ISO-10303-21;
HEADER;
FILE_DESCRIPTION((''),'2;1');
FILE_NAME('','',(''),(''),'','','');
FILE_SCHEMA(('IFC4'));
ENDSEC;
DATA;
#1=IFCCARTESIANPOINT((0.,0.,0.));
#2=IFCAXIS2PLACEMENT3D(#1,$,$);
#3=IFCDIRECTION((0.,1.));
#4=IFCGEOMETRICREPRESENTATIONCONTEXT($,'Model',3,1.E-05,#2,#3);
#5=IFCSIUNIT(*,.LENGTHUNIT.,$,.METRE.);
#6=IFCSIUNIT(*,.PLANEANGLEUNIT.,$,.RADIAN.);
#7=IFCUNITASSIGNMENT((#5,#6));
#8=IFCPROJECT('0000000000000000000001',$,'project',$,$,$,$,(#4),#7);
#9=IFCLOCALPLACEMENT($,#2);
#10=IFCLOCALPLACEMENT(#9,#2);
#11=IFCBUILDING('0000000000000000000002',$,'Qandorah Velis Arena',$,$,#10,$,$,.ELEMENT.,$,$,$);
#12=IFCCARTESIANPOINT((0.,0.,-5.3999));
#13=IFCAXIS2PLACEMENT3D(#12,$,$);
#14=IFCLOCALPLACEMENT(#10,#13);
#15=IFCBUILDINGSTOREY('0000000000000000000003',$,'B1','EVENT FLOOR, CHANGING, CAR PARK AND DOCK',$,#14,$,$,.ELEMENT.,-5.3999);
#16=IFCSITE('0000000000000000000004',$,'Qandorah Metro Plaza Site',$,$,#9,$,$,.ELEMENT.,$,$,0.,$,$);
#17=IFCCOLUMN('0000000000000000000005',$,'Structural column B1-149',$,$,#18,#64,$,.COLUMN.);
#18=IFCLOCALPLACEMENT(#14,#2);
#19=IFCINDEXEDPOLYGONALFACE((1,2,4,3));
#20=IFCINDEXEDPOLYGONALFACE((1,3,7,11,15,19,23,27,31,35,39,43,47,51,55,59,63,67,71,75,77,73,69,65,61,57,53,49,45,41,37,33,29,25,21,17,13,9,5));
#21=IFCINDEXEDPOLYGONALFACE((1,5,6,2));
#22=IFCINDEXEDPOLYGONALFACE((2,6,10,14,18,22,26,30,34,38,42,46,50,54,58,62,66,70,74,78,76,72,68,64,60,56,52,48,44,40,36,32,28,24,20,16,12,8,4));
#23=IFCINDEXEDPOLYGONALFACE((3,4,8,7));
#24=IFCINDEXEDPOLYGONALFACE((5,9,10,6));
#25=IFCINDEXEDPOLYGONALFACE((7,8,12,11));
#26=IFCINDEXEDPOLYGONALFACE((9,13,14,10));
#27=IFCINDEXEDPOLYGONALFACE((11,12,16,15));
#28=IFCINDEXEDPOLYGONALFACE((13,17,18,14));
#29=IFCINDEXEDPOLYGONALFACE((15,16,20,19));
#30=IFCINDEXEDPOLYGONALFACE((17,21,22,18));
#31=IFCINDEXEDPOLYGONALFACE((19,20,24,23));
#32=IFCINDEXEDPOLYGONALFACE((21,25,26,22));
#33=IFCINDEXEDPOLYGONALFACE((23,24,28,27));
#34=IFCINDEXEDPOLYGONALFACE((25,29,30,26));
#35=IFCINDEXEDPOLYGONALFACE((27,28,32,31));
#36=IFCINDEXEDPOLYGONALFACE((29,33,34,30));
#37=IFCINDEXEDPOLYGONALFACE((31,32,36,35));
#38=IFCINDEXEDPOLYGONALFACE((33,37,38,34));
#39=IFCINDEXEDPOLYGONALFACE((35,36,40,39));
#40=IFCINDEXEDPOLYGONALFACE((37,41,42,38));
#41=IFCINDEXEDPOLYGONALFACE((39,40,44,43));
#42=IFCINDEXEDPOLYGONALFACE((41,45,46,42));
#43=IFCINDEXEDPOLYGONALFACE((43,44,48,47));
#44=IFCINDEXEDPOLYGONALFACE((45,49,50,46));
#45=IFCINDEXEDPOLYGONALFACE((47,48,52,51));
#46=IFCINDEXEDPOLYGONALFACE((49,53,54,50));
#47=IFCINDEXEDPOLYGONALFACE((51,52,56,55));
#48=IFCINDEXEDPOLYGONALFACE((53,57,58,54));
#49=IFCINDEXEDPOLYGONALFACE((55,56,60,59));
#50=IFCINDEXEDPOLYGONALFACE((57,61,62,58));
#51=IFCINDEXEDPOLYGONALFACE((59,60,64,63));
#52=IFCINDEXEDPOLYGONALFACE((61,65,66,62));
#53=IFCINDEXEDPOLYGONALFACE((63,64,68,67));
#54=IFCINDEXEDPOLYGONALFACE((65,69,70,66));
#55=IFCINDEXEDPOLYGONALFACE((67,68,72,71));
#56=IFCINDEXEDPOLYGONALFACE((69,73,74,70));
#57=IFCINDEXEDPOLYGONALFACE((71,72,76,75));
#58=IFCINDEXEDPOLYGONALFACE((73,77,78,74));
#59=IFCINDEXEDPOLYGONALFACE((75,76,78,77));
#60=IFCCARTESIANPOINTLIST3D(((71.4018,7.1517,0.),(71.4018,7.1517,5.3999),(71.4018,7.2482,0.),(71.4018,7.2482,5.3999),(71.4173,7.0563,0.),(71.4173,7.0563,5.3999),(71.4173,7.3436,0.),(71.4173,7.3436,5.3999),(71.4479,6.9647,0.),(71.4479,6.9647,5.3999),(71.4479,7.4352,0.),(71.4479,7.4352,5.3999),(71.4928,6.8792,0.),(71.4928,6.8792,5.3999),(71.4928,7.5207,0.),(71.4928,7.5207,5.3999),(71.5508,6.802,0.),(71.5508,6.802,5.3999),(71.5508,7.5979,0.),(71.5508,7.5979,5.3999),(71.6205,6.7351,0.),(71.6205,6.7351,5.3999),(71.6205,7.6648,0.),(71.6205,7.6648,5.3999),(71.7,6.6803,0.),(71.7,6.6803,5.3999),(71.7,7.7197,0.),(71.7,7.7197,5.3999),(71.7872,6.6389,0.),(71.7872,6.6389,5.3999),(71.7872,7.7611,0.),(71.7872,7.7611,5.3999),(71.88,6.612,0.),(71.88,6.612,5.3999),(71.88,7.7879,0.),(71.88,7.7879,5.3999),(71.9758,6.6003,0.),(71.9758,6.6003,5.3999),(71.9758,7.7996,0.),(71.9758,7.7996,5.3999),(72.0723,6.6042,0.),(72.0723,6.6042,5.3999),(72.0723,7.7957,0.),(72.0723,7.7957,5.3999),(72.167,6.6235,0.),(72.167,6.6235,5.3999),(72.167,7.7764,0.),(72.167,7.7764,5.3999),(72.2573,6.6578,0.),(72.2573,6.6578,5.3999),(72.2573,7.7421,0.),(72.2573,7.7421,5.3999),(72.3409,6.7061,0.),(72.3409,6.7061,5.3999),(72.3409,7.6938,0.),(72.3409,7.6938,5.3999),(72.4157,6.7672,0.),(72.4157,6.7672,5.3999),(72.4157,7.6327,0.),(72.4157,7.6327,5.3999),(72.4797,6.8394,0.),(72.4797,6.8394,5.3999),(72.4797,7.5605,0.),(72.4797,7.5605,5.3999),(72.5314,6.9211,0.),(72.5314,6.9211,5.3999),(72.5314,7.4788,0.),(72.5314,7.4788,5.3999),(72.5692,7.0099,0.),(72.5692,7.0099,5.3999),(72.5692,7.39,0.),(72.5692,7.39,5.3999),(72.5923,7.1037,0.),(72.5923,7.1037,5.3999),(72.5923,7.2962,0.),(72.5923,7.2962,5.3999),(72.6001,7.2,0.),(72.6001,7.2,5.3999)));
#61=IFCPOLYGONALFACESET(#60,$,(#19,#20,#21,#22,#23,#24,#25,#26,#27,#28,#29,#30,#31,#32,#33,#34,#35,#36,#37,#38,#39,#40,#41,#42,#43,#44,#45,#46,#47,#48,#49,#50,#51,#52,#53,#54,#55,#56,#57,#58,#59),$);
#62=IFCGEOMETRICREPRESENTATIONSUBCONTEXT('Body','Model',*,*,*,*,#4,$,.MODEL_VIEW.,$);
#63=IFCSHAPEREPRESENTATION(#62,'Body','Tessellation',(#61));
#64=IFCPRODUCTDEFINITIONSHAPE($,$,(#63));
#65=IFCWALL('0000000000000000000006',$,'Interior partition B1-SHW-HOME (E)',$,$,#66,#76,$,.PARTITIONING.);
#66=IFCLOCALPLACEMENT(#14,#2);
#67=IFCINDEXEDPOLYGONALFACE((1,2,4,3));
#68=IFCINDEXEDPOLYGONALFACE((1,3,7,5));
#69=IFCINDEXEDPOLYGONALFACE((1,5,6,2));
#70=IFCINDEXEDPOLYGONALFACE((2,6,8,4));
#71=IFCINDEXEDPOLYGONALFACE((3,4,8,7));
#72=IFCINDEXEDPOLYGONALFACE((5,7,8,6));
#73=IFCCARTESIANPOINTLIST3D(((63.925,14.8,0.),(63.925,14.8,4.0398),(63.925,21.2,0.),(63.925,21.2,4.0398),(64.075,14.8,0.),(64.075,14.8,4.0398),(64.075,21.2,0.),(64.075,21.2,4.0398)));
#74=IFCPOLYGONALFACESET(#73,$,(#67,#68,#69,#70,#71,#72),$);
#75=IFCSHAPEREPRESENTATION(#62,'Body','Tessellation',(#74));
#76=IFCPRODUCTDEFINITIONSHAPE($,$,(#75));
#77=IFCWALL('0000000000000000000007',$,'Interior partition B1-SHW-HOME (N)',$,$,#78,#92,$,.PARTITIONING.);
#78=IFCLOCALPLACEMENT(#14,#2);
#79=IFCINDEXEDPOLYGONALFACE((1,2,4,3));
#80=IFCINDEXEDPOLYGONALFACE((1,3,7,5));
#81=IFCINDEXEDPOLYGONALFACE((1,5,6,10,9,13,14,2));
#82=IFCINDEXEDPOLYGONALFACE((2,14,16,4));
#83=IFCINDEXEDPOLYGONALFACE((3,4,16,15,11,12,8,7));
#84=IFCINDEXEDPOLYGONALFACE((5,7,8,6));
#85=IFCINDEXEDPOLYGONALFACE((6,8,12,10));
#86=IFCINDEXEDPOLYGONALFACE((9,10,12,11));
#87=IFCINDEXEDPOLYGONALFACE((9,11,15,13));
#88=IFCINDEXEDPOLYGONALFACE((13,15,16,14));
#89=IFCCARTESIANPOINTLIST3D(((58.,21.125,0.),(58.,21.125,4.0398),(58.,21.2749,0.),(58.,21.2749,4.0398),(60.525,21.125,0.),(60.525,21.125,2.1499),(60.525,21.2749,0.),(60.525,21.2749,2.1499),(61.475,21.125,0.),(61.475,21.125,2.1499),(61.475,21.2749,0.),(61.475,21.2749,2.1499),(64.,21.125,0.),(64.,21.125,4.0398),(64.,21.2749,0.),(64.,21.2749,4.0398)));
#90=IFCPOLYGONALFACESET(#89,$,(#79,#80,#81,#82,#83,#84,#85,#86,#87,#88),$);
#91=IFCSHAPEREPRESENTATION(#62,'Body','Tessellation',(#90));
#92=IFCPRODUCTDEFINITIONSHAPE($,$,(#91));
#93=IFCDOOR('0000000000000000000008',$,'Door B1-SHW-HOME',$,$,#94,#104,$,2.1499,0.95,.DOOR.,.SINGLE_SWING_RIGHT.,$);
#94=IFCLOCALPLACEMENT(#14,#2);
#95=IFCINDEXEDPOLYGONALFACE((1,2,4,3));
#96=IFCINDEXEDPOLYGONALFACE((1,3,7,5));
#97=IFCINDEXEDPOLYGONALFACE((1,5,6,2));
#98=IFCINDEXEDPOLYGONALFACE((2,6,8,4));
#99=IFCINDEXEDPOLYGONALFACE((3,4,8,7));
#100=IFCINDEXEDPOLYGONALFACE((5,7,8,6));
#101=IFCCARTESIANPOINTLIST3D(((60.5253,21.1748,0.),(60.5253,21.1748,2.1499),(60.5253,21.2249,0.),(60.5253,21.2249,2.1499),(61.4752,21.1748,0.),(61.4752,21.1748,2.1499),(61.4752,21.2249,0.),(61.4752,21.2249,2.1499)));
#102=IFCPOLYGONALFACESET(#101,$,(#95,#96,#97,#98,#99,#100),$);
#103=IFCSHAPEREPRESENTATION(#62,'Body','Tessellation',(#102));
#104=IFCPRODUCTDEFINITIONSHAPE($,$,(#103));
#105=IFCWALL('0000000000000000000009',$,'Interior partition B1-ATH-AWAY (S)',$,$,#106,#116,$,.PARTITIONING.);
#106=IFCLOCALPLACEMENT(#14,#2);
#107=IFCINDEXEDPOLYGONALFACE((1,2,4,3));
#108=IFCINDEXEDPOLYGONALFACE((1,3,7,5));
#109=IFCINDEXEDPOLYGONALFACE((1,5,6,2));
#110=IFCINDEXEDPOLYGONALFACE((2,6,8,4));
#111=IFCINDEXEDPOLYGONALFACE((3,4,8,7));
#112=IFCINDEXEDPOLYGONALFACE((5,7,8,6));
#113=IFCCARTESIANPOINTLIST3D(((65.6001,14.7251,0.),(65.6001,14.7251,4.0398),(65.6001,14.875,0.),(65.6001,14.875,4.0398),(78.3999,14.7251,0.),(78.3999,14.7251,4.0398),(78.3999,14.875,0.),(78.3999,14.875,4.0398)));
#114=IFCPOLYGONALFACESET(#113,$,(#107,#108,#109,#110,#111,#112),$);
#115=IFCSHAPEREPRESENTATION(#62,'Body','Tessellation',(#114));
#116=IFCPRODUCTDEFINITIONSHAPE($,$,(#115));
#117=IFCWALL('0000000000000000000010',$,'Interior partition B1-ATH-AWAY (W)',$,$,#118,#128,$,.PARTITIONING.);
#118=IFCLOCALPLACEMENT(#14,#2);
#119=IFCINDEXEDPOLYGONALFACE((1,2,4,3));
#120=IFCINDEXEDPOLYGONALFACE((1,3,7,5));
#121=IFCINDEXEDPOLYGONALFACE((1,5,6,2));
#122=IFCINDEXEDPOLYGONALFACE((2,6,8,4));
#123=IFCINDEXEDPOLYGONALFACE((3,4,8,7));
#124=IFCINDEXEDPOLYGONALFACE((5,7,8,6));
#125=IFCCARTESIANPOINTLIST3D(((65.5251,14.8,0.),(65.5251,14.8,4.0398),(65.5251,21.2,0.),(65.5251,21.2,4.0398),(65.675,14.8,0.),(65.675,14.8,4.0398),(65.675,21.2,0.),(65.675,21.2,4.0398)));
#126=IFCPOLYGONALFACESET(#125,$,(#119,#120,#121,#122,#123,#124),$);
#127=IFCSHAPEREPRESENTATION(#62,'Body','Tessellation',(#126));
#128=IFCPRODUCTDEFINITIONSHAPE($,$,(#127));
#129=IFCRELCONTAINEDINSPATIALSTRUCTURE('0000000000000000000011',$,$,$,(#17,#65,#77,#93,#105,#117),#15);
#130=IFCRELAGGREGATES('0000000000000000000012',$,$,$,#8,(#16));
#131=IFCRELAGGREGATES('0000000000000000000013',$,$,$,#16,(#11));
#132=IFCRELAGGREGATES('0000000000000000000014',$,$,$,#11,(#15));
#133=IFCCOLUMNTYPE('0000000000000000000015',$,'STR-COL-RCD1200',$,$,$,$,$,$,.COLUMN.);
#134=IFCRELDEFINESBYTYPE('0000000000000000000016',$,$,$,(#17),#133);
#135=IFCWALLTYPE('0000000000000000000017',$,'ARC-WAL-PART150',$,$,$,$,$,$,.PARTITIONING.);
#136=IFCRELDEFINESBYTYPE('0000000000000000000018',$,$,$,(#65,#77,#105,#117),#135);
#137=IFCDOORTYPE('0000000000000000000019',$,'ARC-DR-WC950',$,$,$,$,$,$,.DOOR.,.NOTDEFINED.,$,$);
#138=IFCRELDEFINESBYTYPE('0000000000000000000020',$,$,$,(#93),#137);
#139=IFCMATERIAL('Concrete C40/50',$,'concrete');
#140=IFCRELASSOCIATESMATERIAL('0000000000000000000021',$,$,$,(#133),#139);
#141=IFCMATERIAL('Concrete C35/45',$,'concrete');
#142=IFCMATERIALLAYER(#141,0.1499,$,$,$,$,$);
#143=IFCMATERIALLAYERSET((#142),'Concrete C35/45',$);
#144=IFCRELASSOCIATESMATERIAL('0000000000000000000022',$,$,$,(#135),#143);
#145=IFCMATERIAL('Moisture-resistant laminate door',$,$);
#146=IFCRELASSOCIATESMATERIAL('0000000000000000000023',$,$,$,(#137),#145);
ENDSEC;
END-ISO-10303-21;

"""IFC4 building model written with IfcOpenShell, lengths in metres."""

from ifc_helpers import new_model, si_unit, direction, frame, frame_2d, origin, origin_2d, place, context, subcontext, project, spatial, rectangle, circle, extrude, material, layer, layer_set, material_profile, profile_set, type_object, element, fill, save


model = new_model("IFC4")

# Units and contexts
model_context = context("Model", 3, precision=1e-05, world=origin(), true_north=direction((0.0, 1.0)))
body_context = subcontext(model_context, "Body", "Model", "MODEL_VIEW")
ifc_project = project(units=[si_unit("LENGTHUNIT", "METRE"), si_unit("PLANEANGLEUNIT", "RADIAN")], contexts=[model_context])

# Site, building, storey
site_placement = place(None, origin())
site = spatial("IfcSite", under=ifc_project, at=site_placement, Name="Qandorah Metro Plaza Site", CompositionType="ELEMENT", RefElevation=0.0)
building_placement = place(site_placement, origin())
building = spatial("IfcBuilding", under=site, at=building_placement, Name="Qandorah Velis Arena", CompositionType="ELEMENT")
storey_placement = place(building_placement, frame((0.0, 0.0, -5.3999)))
storey = spatial("IfcBuildingStorey", under=building, at=storey_placement, Name="B1", Description="EVENT FLOOR, CHANGING, CAR PARK AND DOCK", CompositionType="ELEMENT", Elevation=-5.3999)

# Shared definitions
ifc_material_1 = material(Name="Concrete C40/50", Category="concrete")

# Column
ifc_material_profile_1 = material_profile(ifc_material_1, circle(Radius=0.6001, at=origin_2d()), Name="RC D1200")
ifc_profile_set_1 = profile_set([ifc_material_profile_1], Name="Concrete C40/50")
column_type_1 = type_object("IfcColumnType", Name="STR-COL-RCD1200", PredefinedType="COLUMN", material=ifc_profile_set_1)
for number, where, z_axis, x_axis, name in (
    (1, (72.0, 7.2, 0.0), (0.0, 0.0, 1.0), (1.0, 0.0, 0.0), "Structural column B1-149"),
):
    element("IfcColumn", number, at=place(storey_placement, frame(where, z_axis=z_axis, x_axis=x_axis)), inside=storey, type_object=column_type_1, Name=name, PredefinedType="COLUMN", context=body_context, shape_type="SweptSolid", body=[
        extrude(circle(Radius=0.6001, at=origin_2d()), origin(), (0.0, 0.0, 1.0), 5.3999),
    ])

# Wall
ifc_material_2 = material(Name="Concrete C35/45", Category="concrete")
ifc_layer = layer(ifc_material_2, 0.1499)
ifc_layer_set = layer_set([ifc_layer], Name="Concrete C35/45")
wall_type = type_object("IfcWallType", Name="ARC-WAL-PART150", PredefinedType="PARTITIONING", material=ifc_layer_set)
wall_1_placement = place(storey_placement, frame((64.0, 14.8, 0.0), z_axis=(0.0, 0.0, 1.0), x_axis=(0.0, 1.0, 0.0)))
element("IfcWall", 2, at=wall_1_placement, inside=storey, type_object=wall_type, Name="Interior partition B1-SHW-HOME (E)", PredefinedType="PARTITIONING", context=body_context, shape_type="SweptSolid", body=[
    extrude(rectangle(XDim=6.3999, YDim=0.1499, at=frame_2d((3.2, 0.0))), origin(), (0.0, 0.0, 1.0), 4.0398),
])

# Wall, opening, door
wall_2_placement = place(storey_placement, frame((64.0, 21.2, 0.0), z_axis=(0.0, 0.0, 1.0), x_axis=(-1.0, 0.0, 0.0)))
wall_2 = element("IfcWall", 3, at=wall_2_placement, inside=storey, type_object=wall_type, Name="Interior partition B1-SHW-HOME (N)", PredefinedType="PARTITIONING", context=body_context, shape_type="SweptSolid", body=[
    extrude(rectangle(XDim=6.0, YDim=0.1499, at=frame_2d((3.0, 0.0))), origin(), (0.0, 0.0, 1.0), 4.0398),
])
opening_placement = place(wall_2_placement, frame((2.5249, 0.0, 0.0)))
opening = element("IfcOpeningElement", 4, at=opening_placement, cuts=wall_2, PredefinedType="OPENING", context=body_context, shape_type="SweptSolid", body=[
    extrude(rectangle(XDim=0.95, YDim=2.1499, at=frame_2d((0.4751, 1.075))), frame((0.0, 0.085, 0.0), z_axis=(0.0, -1.0, 0.0), x_axis=(1.0, 0.0, 0.0)), (0.0, 0.0, 1.0), 0.1699),
])
ifc_material_3 = material(Name="Moisture-resistant laminate door")
door_type = type_object("IfcDoorType", Name="ARC-DR-WC950", OperationType="NOTDEFINED", PredefinedType="DOOR", material=ifc_material_3)
door_placement = place(opening_placement, frame((0.95, 0.0, 0.0), z_axis=(0.0, 0.0, 1.0), x_axis=(-1.0, 0.0, 0.0)))
door = element("IfcDoor", 5, at=door_placement, inside=storey, type_object=door_type, Name="Door B1-SHW-HOME", OperationType="SINGLE_SWING_RIGHT", OverallHeight=2.1499, OverallWidth=0.95, PredefinedType="DOOR", context=body_context, shape_type="SweptSolid", body=[
    extrude(rectangle(XDim=0.95, YDim=2.1499, at=frame_2d((0.4751, 1.075))), frame((0.0, 0.0249, 0.0), z_axis=(0.0, -1.0, 0.0), x_axis=(1.0, 0.0, 0.0)), (0.0, 0.0, 1.0), 0.05),
])
fill(opening, door)

# Walls
wall_3_placement = place(storey_placement, frame((65.6001, 14.8, 0.0), z_axis=(0.0, 0.0, 1.0), x_axis=(1.0, 0.0, 0.0)))
element("IfcWall", 6, at=wall_3_placement, inside=storey, type_object=wall_type, Name="Interior partition B1-ATH-AWAY (S)", PredefinedType="PARTITIONING", context=body_context, shape_type="SweptSolid", body=[
    extrude(rectangle(XDim=12.7998, YDim=0.1499, at=frame_2d((6.3999, 0.0))), origin(), (0.0, 0.0, 1.0), 4.0398),
])
wall_4_placement = place(storey_placement, frame((65.6001, 21.2, 0.0), z_axis=(0.0, 0.0, 1.0), x_axis=(0.0, -1.0, 0.0)))
element("IfcWall", 7, at=wall_4_placement, inside=storey, type_object=wall_type, Name="Interior partition B1-ATH-AWAY (W)", PredefinedType="PARTITIONING", context=body_context, shape_type="SweptSolid", body=[
    extrude(rectangle(XDim=6.3999, YDim=0.1499, at=frame_2d((3.2, 0.0))), origin(), (0.0, 0.0, 1.0), 4.0398),
])

save(model, "model.ifc")
